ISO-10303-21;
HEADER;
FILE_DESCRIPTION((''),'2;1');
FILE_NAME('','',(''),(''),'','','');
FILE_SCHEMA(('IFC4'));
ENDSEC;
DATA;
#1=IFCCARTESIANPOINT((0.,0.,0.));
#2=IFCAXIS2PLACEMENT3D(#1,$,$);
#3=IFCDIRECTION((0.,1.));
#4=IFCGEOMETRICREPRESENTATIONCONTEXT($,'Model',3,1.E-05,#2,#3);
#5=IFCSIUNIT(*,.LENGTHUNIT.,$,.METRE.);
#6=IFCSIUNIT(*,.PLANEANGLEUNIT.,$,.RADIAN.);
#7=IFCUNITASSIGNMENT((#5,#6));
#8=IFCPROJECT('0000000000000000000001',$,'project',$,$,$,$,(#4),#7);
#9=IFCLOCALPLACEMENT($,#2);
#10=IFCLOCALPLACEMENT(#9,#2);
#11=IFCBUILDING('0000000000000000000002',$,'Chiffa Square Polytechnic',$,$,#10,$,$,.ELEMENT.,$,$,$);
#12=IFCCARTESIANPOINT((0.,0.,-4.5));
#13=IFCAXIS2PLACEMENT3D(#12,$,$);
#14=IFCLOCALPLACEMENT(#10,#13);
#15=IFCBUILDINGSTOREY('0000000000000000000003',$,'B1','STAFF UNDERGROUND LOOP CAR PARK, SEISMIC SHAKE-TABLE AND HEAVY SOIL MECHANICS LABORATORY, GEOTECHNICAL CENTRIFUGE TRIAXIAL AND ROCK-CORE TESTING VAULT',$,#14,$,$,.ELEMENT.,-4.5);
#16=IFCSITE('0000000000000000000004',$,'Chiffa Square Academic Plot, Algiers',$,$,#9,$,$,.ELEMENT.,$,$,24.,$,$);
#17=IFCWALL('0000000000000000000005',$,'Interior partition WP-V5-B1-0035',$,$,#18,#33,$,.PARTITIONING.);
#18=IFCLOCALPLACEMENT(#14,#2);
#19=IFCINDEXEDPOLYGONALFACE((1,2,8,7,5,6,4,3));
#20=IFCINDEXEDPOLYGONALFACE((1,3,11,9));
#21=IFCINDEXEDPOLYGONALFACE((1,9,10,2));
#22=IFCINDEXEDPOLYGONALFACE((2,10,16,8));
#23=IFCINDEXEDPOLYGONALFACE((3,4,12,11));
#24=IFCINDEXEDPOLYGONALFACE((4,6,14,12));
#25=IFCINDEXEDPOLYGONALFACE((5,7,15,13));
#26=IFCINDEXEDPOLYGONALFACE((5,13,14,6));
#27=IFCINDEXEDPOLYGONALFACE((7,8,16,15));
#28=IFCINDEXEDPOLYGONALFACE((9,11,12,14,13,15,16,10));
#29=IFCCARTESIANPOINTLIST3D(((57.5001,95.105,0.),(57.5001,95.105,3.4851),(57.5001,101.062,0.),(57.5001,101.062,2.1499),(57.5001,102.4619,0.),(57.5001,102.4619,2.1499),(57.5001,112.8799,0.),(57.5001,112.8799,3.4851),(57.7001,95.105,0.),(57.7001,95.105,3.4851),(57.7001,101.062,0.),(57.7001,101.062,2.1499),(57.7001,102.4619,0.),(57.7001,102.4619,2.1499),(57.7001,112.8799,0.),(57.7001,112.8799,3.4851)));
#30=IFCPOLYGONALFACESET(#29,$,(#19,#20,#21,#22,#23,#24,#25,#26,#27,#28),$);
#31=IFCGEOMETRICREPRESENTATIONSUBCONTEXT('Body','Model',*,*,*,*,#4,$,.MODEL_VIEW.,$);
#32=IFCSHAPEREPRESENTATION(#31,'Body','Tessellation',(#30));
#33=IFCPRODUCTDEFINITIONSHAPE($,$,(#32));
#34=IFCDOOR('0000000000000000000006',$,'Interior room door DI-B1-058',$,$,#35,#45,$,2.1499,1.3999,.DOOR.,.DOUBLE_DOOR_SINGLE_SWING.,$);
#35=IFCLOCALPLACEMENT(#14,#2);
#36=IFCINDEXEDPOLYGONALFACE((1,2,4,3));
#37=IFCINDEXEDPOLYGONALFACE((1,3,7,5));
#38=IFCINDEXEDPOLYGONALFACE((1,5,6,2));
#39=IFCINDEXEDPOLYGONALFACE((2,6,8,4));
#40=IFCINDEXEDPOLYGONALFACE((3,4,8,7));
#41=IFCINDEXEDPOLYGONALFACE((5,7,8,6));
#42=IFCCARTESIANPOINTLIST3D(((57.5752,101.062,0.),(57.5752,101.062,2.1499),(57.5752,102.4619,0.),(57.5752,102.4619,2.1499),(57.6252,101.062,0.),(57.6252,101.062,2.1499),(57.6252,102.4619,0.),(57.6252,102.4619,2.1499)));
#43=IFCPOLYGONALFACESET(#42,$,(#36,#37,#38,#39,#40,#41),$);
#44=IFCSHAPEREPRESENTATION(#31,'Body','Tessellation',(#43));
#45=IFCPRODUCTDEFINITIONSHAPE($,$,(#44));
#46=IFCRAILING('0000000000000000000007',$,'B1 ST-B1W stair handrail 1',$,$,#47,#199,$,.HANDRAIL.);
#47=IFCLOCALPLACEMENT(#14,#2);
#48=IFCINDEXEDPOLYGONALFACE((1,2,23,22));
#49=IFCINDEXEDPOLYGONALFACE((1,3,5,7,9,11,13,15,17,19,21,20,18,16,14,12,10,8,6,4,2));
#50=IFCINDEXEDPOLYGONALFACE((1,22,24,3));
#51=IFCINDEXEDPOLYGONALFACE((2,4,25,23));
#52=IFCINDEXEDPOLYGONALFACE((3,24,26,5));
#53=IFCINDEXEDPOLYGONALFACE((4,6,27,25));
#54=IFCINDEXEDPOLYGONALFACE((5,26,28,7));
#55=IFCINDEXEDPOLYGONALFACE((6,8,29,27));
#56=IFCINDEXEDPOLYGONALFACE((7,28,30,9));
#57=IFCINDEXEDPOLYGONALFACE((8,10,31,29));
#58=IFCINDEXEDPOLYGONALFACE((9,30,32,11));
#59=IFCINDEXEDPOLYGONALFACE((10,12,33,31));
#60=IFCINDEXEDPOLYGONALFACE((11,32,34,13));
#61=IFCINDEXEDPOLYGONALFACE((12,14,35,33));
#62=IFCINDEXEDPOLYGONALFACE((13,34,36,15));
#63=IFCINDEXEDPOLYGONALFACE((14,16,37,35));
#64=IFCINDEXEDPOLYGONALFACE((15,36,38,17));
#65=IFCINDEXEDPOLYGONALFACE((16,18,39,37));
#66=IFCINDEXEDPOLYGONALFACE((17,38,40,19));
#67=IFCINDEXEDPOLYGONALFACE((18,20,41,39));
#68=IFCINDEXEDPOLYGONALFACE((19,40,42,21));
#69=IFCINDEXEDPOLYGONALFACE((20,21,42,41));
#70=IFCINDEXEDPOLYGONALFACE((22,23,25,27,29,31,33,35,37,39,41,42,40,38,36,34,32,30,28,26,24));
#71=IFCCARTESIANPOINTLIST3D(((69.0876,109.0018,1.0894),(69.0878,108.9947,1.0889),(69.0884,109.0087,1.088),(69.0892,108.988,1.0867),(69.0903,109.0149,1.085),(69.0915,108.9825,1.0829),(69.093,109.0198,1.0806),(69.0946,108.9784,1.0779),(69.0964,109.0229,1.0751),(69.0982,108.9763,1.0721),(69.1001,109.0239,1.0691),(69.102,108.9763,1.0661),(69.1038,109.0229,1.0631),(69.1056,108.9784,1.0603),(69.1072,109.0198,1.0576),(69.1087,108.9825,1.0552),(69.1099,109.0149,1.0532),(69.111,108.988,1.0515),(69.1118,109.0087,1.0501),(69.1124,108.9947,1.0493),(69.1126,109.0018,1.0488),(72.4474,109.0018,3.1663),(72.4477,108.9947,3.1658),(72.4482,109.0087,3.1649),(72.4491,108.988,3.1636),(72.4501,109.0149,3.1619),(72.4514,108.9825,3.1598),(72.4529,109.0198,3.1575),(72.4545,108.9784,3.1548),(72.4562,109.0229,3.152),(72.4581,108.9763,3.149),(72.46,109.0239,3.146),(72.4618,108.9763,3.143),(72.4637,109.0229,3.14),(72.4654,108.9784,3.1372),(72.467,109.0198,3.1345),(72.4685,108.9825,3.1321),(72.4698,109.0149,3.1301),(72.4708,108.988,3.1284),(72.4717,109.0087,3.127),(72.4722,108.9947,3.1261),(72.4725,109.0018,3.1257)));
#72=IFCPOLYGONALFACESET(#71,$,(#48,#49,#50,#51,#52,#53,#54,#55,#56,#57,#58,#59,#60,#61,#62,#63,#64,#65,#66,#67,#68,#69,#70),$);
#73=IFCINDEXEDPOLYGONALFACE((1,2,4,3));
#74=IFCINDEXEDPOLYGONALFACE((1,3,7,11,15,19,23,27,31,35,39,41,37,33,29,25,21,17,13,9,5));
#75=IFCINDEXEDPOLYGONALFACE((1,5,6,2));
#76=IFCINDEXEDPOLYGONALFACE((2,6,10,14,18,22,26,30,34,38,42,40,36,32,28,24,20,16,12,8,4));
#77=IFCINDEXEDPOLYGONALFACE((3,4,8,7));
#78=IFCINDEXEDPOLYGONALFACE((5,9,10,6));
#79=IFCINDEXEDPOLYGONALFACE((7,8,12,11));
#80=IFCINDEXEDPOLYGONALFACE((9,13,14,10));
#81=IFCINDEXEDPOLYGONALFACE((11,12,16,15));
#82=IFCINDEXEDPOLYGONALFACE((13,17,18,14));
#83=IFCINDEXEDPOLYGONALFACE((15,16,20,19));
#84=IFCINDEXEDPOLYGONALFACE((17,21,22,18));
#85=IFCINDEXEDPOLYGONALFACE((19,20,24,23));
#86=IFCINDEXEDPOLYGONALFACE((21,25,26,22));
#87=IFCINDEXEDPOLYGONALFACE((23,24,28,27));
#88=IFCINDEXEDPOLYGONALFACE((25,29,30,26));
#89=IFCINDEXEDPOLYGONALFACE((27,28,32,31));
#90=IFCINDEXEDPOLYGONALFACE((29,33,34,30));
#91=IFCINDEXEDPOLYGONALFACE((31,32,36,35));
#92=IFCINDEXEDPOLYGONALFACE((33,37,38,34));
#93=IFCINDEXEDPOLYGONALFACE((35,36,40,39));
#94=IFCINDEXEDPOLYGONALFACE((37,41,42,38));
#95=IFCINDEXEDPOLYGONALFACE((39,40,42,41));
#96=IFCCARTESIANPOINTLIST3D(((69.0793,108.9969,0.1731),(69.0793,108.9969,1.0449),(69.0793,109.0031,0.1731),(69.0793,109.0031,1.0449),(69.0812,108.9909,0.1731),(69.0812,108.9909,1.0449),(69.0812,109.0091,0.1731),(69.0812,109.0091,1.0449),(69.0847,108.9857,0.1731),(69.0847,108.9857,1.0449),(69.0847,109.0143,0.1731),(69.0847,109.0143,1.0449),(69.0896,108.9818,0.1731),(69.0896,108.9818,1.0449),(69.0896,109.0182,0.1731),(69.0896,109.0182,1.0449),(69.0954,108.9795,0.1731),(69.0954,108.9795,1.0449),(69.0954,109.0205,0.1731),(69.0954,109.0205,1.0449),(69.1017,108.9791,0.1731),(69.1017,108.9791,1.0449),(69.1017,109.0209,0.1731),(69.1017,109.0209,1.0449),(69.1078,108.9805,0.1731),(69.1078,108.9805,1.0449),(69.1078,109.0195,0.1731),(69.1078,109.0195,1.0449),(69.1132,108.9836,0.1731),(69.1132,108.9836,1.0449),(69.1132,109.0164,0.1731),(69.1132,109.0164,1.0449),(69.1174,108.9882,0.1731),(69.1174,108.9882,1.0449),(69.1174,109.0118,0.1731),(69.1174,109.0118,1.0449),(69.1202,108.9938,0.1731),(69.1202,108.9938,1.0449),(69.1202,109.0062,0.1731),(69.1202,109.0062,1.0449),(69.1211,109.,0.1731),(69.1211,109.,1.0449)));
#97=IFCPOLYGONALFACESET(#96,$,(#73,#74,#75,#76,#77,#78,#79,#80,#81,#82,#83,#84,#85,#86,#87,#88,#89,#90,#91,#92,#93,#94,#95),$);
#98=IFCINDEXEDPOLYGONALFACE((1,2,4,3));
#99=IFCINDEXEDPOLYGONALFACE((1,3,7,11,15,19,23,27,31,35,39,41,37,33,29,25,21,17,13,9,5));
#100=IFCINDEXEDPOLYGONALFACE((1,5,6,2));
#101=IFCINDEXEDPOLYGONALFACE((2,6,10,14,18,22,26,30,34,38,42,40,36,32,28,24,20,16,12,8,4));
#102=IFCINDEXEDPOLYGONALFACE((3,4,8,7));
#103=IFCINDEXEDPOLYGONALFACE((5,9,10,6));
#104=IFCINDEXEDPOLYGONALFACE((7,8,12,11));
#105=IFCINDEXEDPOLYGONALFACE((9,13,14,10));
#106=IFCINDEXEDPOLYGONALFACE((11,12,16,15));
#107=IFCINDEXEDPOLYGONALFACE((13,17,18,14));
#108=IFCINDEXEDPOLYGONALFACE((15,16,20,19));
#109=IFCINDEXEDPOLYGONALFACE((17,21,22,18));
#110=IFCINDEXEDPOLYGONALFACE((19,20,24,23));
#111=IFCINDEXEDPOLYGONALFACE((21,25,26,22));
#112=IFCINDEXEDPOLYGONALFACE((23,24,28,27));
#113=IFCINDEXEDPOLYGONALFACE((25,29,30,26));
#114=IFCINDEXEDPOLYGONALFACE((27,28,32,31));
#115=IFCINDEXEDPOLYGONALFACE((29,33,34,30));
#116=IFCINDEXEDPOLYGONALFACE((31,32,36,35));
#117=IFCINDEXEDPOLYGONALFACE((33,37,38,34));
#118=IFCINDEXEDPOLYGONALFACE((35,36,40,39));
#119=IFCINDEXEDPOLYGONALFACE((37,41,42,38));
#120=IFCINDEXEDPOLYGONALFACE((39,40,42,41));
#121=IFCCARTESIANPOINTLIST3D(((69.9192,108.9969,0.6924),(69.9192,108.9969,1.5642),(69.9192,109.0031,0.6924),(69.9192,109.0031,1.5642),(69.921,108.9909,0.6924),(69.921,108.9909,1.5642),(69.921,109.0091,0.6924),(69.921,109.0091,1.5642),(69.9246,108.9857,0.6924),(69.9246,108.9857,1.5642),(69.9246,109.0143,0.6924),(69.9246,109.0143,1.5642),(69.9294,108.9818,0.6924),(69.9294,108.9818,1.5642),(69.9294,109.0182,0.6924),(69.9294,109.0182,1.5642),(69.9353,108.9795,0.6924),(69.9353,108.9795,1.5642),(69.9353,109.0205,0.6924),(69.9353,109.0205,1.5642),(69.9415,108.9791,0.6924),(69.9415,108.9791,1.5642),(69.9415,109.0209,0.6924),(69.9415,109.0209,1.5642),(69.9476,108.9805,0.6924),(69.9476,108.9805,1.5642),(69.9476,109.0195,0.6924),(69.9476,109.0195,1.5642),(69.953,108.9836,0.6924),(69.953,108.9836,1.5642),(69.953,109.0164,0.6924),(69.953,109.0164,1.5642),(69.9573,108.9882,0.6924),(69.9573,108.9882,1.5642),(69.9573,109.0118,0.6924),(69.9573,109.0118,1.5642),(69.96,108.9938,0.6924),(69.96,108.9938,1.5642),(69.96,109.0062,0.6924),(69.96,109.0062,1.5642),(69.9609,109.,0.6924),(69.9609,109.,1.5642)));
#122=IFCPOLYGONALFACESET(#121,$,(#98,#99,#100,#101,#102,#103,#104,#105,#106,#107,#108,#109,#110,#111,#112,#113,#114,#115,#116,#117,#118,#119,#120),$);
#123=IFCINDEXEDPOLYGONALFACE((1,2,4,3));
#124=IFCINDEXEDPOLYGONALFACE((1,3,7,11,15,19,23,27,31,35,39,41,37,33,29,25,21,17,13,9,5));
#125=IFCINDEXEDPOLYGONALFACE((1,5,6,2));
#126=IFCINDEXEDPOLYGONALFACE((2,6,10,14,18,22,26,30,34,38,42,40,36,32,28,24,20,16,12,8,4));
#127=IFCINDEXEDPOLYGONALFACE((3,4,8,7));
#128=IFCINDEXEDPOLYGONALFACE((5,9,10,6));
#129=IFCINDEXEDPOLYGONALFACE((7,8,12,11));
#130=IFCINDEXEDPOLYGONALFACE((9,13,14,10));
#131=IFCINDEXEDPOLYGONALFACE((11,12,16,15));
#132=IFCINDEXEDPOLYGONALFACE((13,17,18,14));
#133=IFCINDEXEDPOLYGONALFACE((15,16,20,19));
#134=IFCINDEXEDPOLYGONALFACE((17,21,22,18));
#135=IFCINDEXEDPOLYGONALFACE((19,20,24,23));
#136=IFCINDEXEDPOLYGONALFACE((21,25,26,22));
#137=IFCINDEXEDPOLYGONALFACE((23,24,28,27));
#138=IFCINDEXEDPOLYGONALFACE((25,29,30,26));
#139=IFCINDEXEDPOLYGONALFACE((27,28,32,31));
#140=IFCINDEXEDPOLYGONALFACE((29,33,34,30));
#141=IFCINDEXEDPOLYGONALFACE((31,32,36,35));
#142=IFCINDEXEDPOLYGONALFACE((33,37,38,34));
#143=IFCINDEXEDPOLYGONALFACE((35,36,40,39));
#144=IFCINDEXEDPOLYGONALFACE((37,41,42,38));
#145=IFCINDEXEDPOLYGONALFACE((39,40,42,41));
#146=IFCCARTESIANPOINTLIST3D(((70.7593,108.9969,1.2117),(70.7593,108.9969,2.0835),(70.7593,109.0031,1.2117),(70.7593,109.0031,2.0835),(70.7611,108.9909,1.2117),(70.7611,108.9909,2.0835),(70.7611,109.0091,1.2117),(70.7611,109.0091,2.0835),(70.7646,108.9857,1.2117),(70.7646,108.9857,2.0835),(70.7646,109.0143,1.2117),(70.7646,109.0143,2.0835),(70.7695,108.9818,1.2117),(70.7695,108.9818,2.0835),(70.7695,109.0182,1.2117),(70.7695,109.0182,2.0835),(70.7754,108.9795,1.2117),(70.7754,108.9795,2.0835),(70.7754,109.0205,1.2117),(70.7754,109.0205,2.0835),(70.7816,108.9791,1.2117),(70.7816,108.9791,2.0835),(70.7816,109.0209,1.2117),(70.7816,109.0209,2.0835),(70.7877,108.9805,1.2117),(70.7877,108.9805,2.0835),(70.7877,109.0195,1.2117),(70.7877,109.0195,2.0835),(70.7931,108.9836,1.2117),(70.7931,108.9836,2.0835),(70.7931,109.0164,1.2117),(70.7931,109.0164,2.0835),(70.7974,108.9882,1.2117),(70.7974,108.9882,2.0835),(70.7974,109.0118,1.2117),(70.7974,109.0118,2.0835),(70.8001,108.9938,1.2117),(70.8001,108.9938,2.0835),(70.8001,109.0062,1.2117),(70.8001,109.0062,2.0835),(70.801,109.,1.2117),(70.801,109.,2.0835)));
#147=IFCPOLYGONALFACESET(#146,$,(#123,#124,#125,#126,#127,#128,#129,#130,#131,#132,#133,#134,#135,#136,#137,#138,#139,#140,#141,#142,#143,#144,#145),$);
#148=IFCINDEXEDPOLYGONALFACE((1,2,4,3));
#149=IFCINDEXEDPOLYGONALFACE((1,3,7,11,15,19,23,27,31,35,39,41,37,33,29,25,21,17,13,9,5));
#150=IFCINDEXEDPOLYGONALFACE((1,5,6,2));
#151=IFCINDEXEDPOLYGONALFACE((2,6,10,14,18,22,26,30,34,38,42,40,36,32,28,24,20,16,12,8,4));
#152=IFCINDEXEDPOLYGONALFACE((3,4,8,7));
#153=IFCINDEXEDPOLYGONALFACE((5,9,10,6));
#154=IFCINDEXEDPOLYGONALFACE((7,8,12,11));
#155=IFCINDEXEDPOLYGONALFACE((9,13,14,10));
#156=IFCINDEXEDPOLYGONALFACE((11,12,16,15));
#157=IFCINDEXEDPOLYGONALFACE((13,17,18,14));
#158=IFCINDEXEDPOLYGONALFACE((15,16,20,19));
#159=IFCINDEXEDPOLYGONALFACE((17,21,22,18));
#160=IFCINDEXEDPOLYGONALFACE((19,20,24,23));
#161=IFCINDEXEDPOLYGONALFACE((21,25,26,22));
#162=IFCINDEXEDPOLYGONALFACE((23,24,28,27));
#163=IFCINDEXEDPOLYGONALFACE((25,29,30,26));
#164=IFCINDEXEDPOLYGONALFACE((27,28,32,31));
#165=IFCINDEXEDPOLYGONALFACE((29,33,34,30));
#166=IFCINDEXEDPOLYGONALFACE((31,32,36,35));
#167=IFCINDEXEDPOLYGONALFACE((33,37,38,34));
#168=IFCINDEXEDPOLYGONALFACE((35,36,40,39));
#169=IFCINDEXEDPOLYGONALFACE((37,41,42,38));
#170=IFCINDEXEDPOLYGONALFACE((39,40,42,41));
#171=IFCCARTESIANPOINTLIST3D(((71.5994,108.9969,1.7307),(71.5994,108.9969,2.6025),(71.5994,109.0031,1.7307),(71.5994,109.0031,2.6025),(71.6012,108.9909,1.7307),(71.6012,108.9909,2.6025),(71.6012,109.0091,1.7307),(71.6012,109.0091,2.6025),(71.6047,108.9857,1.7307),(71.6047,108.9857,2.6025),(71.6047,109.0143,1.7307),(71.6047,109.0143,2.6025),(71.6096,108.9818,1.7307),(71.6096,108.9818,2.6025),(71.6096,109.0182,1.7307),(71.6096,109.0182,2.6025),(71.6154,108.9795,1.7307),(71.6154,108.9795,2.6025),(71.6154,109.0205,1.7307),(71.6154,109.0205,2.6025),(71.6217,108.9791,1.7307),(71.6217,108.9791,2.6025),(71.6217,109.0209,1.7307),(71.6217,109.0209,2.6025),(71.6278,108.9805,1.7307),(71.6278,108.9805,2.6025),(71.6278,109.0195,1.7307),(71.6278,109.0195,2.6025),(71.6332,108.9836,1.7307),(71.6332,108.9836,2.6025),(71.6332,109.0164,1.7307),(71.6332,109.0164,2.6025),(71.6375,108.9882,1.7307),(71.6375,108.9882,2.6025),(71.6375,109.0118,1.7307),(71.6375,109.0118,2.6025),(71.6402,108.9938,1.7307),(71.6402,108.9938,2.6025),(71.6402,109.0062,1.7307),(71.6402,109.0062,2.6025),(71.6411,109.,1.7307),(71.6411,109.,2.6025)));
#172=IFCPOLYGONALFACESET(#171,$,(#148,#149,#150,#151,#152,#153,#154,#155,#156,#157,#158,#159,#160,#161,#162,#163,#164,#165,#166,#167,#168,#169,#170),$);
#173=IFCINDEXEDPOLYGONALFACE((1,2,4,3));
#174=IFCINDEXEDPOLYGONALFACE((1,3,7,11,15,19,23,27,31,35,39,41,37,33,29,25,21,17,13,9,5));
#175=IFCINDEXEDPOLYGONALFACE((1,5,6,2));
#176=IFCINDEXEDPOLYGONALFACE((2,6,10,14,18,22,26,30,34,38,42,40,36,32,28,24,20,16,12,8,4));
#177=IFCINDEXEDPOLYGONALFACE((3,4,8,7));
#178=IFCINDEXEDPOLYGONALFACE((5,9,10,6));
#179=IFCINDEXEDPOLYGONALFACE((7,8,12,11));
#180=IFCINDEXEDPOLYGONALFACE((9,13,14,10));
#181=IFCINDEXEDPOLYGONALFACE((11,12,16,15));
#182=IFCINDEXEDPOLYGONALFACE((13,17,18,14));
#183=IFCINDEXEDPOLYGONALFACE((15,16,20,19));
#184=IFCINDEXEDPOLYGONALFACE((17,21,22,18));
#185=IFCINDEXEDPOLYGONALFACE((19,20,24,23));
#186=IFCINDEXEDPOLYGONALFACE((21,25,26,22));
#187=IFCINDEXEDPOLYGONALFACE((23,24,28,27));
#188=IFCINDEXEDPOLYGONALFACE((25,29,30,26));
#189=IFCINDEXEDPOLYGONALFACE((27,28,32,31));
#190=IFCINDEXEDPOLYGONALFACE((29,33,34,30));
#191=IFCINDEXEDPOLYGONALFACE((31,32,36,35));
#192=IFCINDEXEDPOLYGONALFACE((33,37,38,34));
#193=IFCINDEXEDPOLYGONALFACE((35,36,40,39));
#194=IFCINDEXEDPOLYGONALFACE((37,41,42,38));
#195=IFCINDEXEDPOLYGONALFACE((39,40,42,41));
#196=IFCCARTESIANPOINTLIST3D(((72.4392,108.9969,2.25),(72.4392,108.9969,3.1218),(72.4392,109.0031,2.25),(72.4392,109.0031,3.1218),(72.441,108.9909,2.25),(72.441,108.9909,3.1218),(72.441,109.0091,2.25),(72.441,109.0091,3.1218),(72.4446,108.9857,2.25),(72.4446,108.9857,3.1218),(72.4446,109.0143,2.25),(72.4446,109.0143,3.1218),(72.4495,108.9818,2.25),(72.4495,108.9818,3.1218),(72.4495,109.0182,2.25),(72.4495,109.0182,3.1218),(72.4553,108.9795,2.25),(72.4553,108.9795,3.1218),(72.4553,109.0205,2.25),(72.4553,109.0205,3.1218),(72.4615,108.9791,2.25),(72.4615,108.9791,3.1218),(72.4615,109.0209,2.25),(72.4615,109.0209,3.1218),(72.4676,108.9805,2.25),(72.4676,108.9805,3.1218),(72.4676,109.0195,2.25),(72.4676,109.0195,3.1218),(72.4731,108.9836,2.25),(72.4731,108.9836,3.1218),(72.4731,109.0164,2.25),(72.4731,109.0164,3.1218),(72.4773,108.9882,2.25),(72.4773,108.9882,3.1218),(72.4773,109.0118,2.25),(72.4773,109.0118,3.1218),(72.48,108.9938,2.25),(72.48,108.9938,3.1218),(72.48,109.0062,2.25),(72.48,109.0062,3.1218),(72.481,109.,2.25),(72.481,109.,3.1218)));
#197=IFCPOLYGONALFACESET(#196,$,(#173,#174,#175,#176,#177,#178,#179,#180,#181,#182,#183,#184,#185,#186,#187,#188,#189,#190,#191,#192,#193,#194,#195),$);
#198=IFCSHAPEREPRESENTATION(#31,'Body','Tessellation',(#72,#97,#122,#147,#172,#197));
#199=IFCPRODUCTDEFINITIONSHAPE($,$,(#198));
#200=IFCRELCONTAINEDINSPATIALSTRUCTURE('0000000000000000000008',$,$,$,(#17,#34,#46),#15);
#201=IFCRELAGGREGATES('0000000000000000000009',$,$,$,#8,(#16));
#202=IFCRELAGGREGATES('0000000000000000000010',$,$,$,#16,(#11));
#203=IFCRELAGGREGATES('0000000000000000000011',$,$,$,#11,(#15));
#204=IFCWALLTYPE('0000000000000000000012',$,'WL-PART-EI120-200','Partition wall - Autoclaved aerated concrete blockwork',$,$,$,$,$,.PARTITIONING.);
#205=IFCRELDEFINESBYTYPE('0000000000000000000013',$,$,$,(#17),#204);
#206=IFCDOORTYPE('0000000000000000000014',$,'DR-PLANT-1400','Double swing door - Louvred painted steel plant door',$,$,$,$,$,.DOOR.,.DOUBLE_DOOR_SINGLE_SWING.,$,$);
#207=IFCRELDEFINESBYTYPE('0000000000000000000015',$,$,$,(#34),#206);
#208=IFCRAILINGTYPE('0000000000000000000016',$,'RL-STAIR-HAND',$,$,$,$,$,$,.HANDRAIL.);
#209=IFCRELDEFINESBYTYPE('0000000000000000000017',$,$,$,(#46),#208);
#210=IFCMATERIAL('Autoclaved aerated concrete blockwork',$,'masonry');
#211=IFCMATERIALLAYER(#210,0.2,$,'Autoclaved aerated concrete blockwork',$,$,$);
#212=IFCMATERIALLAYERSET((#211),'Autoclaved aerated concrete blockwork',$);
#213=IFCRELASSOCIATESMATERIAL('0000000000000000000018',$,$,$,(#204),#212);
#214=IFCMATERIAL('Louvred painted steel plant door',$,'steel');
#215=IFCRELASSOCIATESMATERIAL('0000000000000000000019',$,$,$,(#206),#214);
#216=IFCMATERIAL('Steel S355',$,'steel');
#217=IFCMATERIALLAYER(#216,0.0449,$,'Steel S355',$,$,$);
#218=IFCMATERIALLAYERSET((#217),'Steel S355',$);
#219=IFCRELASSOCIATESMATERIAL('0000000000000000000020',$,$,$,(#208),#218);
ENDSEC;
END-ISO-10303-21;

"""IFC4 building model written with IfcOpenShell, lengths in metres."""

from ifc_helpers import new_model, si_unit, direction, frame, frame_2d, origin, origin_2d, place, context, subcontext, project, spatial, rectangle, circle, extrude, material, layer, layer_set, type_object, element, fill, save


model = new_model("IFC4")

# Units and contexts
model_context = context("Model", 3, precision=1e-05, world=origin(), true_north=direction((0.0, 1.0)))
body_context = subcontext(model_context, "Body", "Model", "MODEL_VIEW")
ifc_project = project(units=[si_unit("LENGTHUNIT", "METRE"), si_unit("PLANEANGLEUNIT", "RADIAN")], contexts=[model_context])

# Site, building, storey
site_placement = place(None, origin())
site = spatial("IfcSite", under=ifc_project, at=site_placement, Name="Chiffa Square Academic Plot, Algiers", CompositionType="ELEMENT", RefElevation=24.0)
building_placement = place(site_placement, origin())
building = spatial("IfcBuilding", under=site, at=building_placement, Name="Chiffa Square Polytechnic", CompositionType="ELEMENT")
storey_placement = place(building_placement, frame((0.0, 0.0, -4.5)))
storey = spatial("IfcBuildingStorey", under=building, at=storey_placement, Name="B1", Description="STAFF UNDERGROUND LOOP CAR PARK, SEISMIC SHAKE-TABLE AND HEAVY SOIL MECHANICS LABORATORY, GEOTECHNICAL CENTRIFUGE TRIAXIAL AND ROCK-CORE TESTING VAULT", CompositionType="ELEMENT", Elevation=-4.5)

# Wall, opening, door
ifc_material_1 = material(Name="Autoclaved aerated concrete blockwork", Category="masonry")
ifc_layer_1 = layer(ifc_material_1, 0.2, Name="Autoclaved aerated concrete blockwork")
ifc_layer_set_1 = layer_set([ifc_layer_1], Name="Autoclaved aerated concrete blockwork")
wall_type_1 = type_object("IfcWallType", Name="WL-PART-EI120-200", Description="Partition wall - Autoclaved aerated concrete blockwork", PredefinedType="PARTITIONING", material=ifc_layer_set_1)
wall_1_placement = place(storey_placement, frame((57.6001, 95.105, 0.0), z_axis=(0.0, 0.0, 1.0), x_axis=(0.0, 1.0, 0.0)))
wall_1 = element("IfcWall", 1, at=wall_1_placement, inside=storey, type_object=wall_type_1, Name="Interior partition WP-V5-B1-0035", PredefinedType="PARTITIONING", context=body_context, shape_type="SweptSolid", body=[
    extrude(rectangle(XDim=17.7749, YDim=0.2, at=frame_2d((8.8875, 0.0))), origin(), (0.0, 0.0, 1.0), 3.4851),
])
opening_placement = place(wall_1_placement, frame((5.957, 0.0, 0.0)))
opening = element("IfcOpeningElement", 2, at=opening_placement, cuts=wall_1, PredefinedType="OPENING", context=body_context, shape_type="SweptSolid", body=[
    extrude(rectangle(XDim=1.3999, YDim=2.1499, at=frame_2d((0.7, 1.075))), frame((0.0, 0.1099, 0.0), z_axis=(0.0, -1.0, 0.0), x_axis=(1.0, 0.0, 0.0)), (0.0, 0.0, 1.0), 0.22),
])
ifc_material_2 = material(Name="Louvred painted steel plant door", Category="steel")
door_type = type_object("IfcDoorType", Name="DR-PLANT-1400", Description="Double swing door - Louvred painted steel plant door", OperationType="DOUBLE_DOOR_SINGLE_SWING", PredefinedType="DOOR", material=ifc_material_2)
door_placement = place(opening_placement, origin())
door = element("IfcDoor", 3, at=door_placement, inside=storey, type_object=door_type, Name="Interior room door DI-B1-058", OperationType="DOUBLE_DOOR_SINGLE_SWING", OverallHeight=2.1499, OverallWidth=1.3999, PredefinedType="DOOR", context=body_context, shape_type="SweptSolid", body=[
    extrude(rectangle(XDim=1.3999, YDim=2.1499, at=frame_2d((0.7, 1.075))), frame((0.0, 0.0249, 0.0), z_axis=(0.0, -1.0, 0.0), x_axis=(1.0, 0.0, 0.0)), (0.0, 0.0, 1.0), 0.05),
])
fill(opening, door)

# Railing
ifc_material_3 = material(Name="Steel S355", Category="steel")
ifc_layer_2 = layer(ifc_material_3, 0.0449, Name="Steel S355")
ifc_layer_set_2 = layer_set([ifc_layer_2], Name="Steel S355")
railing_type = type_object("IfcRailingType", Name="RL-STAIR-HAND", PredefinedType="HANDRAIL", material=ifc_layer_set_2)
railing_placement = place(storey_placement, frame((69.1001, 109.0, 0.1731)))
element("IfcRailing", 4, at=railing_placement, inside=storey, type_object=railing_type, Name="B1 ST-B1W stair handrail 1", PredefinedType="HANDRAIL", context=body_context, shape_type="SweptSolid", body=[
    extrude(circle(Radius=0.0239, at=origin_2d()), frame((0.0, 0.0, 0.896), z_axis=(0.850606, 0.0, 0.525803), x_axis=(0.0, 1.0, 0.0)), (0.0, 0.0, 1.0), 3.95),
    extrude(circle(Radius=0.021, at=origin_2d()), origin(), (0.0, 0.0, 1.0), 0.8718),
    extrude(circle(Radius=0.021, at=origin_2d()), frame((0.8398, 0.0, 0.5193)), (0.0, 0.0, 1.0), 0.8718),
    extrude(circle(Radius=0.021, at=origin_2d()), frame((1.6799, 0.0, 1.0386)), (0.0, 0.0, 1.0), 0.8718),
    extrude(circle(Radius=0.021, at=origin_2d()), frame((2.52, 0.0, 1.5576)), (0.0, 0.0, 1.0), 0.8718),
    extrude(circle(Radius=0.021, at=origin_2d()), frame((3.3599, 0.0, 2.0769)), (0.0, 0.0, 1.0), 0.8718),
])

save(model, "model.ifc")
